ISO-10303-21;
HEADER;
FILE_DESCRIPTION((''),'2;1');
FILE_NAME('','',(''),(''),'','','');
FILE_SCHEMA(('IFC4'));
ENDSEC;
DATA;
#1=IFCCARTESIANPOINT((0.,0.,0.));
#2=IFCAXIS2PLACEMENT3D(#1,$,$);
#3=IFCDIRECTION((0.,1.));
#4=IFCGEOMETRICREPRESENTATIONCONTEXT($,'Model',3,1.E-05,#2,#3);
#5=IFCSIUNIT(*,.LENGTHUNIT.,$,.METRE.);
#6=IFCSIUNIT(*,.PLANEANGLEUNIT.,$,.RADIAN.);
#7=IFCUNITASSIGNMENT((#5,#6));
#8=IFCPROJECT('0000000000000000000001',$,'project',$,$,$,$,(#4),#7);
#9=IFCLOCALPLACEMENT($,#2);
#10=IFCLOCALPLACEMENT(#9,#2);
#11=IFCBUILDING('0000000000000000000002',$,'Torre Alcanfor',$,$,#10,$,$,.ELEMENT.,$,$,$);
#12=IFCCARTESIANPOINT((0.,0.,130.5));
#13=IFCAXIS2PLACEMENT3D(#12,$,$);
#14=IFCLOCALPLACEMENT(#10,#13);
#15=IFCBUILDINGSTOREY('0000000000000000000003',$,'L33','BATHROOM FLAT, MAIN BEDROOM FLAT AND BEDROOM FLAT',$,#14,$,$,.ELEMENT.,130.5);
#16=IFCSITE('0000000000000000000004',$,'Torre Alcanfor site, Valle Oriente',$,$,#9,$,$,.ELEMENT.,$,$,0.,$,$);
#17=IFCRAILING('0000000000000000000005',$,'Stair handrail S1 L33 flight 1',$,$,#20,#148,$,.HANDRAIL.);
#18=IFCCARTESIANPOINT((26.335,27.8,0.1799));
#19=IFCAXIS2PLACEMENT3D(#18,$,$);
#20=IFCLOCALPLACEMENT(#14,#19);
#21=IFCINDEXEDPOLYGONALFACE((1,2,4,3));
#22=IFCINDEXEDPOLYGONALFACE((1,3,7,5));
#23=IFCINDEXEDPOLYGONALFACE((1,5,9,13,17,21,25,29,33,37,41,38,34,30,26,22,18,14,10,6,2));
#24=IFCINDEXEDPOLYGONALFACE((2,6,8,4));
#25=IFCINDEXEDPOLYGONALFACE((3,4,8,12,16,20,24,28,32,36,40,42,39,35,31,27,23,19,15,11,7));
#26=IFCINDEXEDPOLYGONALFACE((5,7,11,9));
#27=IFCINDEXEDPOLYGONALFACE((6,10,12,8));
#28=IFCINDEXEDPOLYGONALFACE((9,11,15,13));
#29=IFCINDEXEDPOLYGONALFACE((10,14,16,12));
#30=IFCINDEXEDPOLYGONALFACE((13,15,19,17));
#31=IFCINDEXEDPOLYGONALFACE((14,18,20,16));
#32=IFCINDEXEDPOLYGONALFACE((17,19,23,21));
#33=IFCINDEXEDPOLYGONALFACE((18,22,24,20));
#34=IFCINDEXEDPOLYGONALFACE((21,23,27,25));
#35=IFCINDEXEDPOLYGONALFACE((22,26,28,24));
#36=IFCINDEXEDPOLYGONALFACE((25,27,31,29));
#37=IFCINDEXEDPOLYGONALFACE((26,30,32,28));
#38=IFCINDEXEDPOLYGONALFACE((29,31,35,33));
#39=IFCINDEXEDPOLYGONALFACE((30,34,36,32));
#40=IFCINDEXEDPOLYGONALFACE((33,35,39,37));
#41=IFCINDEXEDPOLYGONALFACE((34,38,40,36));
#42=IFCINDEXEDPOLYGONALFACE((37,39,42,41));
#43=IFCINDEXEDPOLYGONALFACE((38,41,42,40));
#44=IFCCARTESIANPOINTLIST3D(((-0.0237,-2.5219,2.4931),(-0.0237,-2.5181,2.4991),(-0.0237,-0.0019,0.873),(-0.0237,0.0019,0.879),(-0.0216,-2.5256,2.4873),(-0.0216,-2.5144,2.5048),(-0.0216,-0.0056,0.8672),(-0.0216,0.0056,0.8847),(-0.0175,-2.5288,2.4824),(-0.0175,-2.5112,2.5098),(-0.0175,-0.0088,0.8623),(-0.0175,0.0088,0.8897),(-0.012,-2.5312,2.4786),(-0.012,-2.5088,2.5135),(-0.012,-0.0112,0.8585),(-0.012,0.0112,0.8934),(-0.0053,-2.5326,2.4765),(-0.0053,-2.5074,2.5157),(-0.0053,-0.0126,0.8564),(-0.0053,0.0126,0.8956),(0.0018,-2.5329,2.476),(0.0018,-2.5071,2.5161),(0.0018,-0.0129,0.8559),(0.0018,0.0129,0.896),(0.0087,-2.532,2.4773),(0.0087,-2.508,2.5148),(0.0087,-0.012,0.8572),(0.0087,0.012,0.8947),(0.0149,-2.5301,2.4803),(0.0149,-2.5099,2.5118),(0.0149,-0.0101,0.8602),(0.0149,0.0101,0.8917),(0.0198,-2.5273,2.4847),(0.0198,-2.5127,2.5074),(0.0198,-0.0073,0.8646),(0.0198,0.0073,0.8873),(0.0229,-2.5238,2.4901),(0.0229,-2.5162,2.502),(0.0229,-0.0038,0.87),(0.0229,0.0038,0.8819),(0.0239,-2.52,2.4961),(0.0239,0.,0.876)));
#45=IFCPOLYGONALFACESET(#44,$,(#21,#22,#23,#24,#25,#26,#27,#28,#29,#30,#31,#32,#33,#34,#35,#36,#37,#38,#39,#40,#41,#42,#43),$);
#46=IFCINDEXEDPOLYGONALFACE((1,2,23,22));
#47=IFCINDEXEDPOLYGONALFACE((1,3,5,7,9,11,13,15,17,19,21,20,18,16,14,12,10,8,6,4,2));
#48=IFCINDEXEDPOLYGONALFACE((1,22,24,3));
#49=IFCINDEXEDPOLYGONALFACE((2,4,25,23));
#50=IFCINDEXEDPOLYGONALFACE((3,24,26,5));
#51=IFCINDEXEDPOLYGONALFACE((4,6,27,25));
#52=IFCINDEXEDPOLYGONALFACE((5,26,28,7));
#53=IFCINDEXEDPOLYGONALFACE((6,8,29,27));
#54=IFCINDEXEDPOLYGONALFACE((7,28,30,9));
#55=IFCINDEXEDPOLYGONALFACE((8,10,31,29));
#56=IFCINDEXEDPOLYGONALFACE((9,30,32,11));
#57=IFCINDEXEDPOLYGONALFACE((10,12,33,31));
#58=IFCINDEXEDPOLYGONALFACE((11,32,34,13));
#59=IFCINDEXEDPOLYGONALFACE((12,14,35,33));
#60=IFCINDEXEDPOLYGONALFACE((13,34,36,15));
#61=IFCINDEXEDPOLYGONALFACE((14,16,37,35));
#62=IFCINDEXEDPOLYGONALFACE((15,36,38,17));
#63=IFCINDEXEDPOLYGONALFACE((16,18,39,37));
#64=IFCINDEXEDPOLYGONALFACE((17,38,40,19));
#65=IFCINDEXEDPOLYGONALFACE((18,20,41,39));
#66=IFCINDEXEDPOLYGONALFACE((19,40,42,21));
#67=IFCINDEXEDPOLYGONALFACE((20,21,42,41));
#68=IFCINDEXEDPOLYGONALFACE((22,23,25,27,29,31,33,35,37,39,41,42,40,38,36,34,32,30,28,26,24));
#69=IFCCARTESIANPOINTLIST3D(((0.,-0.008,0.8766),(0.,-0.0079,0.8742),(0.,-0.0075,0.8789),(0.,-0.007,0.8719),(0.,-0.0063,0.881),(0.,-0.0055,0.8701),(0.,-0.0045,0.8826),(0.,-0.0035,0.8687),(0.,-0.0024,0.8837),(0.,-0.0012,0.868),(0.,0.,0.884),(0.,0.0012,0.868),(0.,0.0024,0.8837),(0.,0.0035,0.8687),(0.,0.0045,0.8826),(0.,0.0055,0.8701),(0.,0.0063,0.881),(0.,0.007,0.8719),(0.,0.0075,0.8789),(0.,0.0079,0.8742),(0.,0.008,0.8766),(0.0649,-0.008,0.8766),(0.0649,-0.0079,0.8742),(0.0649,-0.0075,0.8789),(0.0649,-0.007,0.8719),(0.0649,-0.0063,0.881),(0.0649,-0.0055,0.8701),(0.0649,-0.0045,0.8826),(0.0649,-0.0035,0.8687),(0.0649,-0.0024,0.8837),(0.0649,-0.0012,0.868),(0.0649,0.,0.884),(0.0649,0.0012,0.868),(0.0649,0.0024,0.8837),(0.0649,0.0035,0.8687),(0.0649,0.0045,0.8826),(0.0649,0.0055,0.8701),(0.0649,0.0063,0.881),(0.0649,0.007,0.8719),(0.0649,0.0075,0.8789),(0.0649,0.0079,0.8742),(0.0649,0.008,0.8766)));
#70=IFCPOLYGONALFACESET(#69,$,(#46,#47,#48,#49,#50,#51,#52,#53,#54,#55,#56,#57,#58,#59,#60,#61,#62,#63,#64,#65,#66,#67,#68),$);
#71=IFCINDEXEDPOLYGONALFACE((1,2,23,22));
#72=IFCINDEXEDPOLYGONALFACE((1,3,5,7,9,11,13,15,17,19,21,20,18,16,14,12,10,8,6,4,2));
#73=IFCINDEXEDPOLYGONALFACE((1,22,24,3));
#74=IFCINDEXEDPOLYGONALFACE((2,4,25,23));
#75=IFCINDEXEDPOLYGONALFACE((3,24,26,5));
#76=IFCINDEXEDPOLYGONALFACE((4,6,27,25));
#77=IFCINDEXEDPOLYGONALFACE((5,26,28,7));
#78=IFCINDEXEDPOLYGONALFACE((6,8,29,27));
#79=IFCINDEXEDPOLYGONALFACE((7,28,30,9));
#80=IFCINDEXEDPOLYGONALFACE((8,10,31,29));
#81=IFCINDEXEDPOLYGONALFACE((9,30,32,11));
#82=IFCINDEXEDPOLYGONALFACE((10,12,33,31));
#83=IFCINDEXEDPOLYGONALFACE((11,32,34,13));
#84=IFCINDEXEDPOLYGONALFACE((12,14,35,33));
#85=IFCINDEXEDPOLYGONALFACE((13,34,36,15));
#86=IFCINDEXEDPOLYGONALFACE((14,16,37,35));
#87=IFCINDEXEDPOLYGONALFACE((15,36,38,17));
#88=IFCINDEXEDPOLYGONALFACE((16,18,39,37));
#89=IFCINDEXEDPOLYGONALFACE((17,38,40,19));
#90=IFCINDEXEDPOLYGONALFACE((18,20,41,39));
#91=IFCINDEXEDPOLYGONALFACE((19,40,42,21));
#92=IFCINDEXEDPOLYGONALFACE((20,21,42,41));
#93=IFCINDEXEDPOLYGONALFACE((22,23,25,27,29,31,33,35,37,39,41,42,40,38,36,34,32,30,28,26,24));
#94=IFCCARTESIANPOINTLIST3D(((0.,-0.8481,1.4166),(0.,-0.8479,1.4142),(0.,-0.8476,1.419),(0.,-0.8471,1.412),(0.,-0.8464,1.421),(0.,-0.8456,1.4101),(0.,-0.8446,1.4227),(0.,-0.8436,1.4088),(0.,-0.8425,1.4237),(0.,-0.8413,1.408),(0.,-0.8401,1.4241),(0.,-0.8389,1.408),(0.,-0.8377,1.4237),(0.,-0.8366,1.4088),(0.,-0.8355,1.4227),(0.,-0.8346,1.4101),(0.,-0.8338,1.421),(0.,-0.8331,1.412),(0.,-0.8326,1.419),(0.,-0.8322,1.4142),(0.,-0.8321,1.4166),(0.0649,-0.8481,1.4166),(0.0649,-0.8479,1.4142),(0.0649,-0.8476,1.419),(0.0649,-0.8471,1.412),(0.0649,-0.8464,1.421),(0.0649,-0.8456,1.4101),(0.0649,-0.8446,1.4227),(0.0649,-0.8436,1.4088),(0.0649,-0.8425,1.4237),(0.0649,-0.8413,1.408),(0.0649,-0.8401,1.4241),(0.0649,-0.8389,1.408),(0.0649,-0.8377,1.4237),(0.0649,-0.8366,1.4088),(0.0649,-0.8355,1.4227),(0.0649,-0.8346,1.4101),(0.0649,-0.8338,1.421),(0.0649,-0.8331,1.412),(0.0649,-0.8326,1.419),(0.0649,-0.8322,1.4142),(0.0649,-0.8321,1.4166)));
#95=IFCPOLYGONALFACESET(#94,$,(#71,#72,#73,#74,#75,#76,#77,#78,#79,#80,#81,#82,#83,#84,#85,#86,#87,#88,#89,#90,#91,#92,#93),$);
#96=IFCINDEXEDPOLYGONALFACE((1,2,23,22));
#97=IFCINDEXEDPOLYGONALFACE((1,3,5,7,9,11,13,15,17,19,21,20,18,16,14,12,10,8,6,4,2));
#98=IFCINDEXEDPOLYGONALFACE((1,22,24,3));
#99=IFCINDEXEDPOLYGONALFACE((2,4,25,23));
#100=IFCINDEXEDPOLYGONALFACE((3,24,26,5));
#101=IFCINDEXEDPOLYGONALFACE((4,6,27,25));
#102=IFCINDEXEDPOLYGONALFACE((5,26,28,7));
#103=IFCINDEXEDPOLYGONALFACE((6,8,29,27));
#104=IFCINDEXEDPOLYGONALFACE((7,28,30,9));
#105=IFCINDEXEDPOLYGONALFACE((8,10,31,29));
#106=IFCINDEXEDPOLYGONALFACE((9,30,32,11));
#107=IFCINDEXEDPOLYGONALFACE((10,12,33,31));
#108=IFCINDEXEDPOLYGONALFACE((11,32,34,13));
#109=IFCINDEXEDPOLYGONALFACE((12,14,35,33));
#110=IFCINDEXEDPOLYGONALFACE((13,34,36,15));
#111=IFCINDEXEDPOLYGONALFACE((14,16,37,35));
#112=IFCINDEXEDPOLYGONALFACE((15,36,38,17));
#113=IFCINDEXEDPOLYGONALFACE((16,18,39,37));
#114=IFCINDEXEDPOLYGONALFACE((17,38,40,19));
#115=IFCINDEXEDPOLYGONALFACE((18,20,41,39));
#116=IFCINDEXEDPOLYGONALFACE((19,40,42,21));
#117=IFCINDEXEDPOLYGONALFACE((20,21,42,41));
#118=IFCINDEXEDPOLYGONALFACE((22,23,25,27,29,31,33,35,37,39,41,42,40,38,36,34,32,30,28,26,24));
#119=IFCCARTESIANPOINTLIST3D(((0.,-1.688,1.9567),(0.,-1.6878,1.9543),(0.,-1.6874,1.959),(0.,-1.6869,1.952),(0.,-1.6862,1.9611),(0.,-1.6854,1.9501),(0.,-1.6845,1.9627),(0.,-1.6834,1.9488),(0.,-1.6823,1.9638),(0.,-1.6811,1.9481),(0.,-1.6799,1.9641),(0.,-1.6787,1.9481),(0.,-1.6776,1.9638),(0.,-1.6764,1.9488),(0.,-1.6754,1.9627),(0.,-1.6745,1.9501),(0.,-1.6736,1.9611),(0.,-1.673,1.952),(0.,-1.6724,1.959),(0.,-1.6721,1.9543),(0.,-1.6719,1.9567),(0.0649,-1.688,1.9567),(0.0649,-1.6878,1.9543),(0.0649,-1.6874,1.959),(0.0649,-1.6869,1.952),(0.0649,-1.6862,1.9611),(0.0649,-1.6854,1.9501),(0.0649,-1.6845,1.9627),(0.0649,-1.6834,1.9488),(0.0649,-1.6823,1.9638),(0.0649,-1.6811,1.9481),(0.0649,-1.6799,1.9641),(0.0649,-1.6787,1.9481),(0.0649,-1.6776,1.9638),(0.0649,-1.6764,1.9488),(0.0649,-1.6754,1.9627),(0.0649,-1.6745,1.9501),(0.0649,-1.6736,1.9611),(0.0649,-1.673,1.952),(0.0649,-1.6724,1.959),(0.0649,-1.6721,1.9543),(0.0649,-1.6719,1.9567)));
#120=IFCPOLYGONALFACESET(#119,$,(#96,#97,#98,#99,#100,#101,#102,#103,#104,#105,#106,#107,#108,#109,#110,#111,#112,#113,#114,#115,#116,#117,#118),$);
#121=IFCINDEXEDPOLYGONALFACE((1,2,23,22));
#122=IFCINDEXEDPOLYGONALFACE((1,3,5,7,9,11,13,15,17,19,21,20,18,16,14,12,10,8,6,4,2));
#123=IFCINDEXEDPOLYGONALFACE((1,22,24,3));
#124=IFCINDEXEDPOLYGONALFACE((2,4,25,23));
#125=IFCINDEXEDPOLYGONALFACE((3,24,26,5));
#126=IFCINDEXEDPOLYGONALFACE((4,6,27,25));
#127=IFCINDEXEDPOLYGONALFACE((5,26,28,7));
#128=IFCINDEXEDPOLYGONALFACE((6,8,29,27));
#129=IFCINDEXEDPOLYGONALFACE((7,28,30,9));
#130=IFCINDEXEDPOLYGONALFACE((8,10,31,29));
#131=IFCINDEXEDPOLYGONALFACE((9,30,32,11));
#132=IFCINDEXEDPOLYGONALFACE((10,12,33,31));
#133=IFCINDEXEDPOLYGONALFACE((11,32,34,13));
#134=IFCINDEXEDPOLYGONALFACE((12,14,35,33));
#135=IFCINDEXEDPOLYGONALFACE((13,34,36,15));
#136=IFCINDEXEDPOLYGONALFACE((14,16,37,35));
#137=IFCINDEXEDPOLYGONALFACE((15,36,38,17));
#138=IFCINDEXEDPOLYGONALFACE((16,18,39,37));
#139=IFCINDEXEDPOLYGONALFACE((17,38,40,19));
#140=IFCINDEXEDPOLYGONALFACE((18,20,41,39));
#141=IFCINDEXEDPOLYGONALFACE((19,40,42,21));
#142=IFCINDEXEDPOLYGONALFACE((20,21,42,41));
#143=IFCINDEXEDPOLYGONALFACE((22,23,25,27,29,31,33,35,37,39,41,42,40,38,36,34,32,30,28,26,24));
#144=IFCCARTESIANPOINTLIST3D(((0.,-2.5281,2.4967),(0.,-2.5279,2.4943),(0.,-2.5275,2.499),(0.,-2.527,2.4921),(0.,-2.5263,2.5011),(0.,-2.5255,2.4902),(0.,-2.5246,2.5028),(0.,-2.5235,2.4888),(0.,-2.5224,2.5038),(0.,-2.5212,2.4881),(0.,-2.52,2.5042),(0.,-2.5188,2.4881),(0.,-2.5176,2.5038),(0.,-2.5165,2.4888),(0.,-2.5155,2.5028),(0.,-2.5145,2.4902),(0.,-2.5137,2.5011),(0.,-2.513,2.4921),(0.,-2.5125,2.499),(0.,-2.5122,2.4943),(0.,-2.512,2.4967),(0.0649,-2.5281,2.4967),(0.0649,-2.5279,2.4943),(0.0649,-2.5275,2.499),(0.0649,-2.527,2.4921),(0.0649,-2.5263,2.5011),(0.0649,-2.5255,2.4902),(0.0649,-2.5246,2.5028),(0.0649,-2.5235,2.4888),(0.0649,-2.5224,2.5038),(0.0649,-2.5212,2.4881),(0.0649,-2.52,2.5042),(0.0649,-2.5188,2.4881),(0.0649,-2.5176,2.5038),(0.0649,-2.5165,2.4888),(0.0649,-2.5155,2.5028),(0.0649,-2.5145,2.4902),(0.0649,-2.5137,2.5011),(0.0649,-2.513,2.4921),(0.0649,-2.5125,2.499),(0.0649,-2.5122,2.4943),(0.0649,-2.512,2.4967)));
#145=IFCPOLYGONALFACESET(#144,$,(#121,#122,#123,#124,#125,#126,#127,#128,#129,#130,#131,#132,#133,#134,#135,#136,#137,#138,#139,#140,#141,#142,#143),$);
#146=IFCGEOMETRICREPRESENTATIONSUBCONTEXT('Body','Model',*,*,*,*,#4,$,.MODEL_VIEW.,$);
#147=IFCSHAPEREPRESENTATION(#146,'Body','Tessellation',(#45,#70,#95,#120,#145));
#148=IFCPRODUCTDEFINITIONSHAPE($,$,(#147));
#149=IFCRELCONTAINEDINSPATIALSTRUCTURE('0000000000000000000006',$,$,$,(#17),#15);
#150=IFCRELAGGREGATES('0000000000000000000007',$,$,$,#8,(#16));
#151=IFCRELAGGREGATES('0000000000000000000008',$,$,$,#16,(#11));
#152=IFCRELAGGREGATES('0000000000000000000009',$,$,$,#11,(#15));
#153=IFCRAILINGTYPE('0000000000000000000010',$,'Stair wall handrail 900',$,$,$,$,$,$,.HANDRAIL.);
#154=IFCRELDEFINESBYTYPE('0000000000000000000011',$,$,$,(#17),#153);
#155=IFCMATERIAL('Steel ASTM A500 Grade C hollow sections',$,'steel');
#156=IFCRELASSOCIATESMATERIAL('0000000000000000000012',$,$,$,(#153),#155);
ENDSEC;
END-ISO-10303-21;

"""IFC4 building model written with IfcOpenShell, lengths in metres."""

from ifc_helpers import new_model, si_unit, direction, frame, origin, origin_2d, place, context, subcontext, project, spatial, circle, extrude, material, type_object, element, save


model = new_model("IFC4")

# Units and contexts
model_context = context("Model", 3, precision=1e-05, world=origin(), true_north=direction((0.0, 1.0)))
body_context = subcontext(model_context, "Body", "Model", "MODEL_VIEW")
ifc_project = project(units=[si_unit("LENGTHUNIT", "METRE"), si_unit("PLANEANGLEUNIT", "RADIAN")], contexts=[model_context])

# Site, building, storey
site_placement = place(None, origin())
site = spatial("IfcSite", under=ifc_project, at=site_placement, Name="Torre Alcanfor site, Valle Oriente", CompositionType="ELEMENT", RefElevation=0.0)
building_placement = place(site_placement, origin())
building = spatial("IfcBuilding", under=site, at=building_placement, Name="Torre Alcanfor", CompositionType="ELEMENT")
storey_placement = place(building_placement, frame((0.0, 0.0, 130.5)))
storey = spatial("IfcBuildingStorey", under=building, at=storey_placement, Name="L33", Description="BATHROOM FLAT, MAIN BEDROOM FLAT AND BEDROOM FLAT", CompositionType="ELEMENT", Elevation=130.5)

# Railing
ifc_material_1 = material(Name="Steel ASTM A500 Grade C hollow sections", Category="steel")
railing_type_1 = type_object("IfcRailingType", Name="Stair wall handrail 900", PredefinedType="HANDRAIL", material=ifc_material_1)
railing_1_placement = place(storey_placement, frame((26.335, 27.8, 0.1799)))
element("IfcRailing", 1, at=railing_1_placement, inside=storey, type_object=railing_type_1, Name="Stair handrail S1 L33 flight 1", PredefinedType="HANDRAIL", context=body_context, shape_type="SweptSolid", body=[
    extrude(circle(Radius=0.0239, at=origin_2d()), frame((0.0, 0.0, 0.876), z_axis=(0.0, -0.841163, 0.540782), x_axis=(1.0, 0.0, 0.0)), (0.0, 0.0, 1.0), 2.9958),
    extrude(circle(Radius=0.0081, at=origin_2d()), frame((0.0, 0.0, 0.876), z_axis=(1.0, 0.0, 0.0), x_axis=(0.0, 0.0, 1.0)), (0.0, 0.0, 1.0), 0.0649),
    extrude(circle(Radius=0.0081, at=origin_2d()), frame((0.0, -0.8401, 1.416), z_axis=(1.0, 0.0, 0.0), x_axis=(0.0, 0.0, 1.0)), (0.0, 0.0, 1.0), 0.0649),
    extrude(circle(Radius=0.0081, at=origin_2d()), frame((0.0, -1.6799, 1.9561), z_axis=(1.0, 0.0, 0.0), x_axis=(0.0, 0.0, 1.0)), (0.0, 0.0, 1.0), 0.0649),
    extrude(circle(Radius=0.0081, at=origin_2d()), frame((0.0, -2.52, 2.4961), z_axis=(1.0, 0.0, 0.0), x_axis=(0.0, 0.0, 1.0)), (0.0, 0.0, 1.0), 0.0649),
])

save(model, "model.ifc")
